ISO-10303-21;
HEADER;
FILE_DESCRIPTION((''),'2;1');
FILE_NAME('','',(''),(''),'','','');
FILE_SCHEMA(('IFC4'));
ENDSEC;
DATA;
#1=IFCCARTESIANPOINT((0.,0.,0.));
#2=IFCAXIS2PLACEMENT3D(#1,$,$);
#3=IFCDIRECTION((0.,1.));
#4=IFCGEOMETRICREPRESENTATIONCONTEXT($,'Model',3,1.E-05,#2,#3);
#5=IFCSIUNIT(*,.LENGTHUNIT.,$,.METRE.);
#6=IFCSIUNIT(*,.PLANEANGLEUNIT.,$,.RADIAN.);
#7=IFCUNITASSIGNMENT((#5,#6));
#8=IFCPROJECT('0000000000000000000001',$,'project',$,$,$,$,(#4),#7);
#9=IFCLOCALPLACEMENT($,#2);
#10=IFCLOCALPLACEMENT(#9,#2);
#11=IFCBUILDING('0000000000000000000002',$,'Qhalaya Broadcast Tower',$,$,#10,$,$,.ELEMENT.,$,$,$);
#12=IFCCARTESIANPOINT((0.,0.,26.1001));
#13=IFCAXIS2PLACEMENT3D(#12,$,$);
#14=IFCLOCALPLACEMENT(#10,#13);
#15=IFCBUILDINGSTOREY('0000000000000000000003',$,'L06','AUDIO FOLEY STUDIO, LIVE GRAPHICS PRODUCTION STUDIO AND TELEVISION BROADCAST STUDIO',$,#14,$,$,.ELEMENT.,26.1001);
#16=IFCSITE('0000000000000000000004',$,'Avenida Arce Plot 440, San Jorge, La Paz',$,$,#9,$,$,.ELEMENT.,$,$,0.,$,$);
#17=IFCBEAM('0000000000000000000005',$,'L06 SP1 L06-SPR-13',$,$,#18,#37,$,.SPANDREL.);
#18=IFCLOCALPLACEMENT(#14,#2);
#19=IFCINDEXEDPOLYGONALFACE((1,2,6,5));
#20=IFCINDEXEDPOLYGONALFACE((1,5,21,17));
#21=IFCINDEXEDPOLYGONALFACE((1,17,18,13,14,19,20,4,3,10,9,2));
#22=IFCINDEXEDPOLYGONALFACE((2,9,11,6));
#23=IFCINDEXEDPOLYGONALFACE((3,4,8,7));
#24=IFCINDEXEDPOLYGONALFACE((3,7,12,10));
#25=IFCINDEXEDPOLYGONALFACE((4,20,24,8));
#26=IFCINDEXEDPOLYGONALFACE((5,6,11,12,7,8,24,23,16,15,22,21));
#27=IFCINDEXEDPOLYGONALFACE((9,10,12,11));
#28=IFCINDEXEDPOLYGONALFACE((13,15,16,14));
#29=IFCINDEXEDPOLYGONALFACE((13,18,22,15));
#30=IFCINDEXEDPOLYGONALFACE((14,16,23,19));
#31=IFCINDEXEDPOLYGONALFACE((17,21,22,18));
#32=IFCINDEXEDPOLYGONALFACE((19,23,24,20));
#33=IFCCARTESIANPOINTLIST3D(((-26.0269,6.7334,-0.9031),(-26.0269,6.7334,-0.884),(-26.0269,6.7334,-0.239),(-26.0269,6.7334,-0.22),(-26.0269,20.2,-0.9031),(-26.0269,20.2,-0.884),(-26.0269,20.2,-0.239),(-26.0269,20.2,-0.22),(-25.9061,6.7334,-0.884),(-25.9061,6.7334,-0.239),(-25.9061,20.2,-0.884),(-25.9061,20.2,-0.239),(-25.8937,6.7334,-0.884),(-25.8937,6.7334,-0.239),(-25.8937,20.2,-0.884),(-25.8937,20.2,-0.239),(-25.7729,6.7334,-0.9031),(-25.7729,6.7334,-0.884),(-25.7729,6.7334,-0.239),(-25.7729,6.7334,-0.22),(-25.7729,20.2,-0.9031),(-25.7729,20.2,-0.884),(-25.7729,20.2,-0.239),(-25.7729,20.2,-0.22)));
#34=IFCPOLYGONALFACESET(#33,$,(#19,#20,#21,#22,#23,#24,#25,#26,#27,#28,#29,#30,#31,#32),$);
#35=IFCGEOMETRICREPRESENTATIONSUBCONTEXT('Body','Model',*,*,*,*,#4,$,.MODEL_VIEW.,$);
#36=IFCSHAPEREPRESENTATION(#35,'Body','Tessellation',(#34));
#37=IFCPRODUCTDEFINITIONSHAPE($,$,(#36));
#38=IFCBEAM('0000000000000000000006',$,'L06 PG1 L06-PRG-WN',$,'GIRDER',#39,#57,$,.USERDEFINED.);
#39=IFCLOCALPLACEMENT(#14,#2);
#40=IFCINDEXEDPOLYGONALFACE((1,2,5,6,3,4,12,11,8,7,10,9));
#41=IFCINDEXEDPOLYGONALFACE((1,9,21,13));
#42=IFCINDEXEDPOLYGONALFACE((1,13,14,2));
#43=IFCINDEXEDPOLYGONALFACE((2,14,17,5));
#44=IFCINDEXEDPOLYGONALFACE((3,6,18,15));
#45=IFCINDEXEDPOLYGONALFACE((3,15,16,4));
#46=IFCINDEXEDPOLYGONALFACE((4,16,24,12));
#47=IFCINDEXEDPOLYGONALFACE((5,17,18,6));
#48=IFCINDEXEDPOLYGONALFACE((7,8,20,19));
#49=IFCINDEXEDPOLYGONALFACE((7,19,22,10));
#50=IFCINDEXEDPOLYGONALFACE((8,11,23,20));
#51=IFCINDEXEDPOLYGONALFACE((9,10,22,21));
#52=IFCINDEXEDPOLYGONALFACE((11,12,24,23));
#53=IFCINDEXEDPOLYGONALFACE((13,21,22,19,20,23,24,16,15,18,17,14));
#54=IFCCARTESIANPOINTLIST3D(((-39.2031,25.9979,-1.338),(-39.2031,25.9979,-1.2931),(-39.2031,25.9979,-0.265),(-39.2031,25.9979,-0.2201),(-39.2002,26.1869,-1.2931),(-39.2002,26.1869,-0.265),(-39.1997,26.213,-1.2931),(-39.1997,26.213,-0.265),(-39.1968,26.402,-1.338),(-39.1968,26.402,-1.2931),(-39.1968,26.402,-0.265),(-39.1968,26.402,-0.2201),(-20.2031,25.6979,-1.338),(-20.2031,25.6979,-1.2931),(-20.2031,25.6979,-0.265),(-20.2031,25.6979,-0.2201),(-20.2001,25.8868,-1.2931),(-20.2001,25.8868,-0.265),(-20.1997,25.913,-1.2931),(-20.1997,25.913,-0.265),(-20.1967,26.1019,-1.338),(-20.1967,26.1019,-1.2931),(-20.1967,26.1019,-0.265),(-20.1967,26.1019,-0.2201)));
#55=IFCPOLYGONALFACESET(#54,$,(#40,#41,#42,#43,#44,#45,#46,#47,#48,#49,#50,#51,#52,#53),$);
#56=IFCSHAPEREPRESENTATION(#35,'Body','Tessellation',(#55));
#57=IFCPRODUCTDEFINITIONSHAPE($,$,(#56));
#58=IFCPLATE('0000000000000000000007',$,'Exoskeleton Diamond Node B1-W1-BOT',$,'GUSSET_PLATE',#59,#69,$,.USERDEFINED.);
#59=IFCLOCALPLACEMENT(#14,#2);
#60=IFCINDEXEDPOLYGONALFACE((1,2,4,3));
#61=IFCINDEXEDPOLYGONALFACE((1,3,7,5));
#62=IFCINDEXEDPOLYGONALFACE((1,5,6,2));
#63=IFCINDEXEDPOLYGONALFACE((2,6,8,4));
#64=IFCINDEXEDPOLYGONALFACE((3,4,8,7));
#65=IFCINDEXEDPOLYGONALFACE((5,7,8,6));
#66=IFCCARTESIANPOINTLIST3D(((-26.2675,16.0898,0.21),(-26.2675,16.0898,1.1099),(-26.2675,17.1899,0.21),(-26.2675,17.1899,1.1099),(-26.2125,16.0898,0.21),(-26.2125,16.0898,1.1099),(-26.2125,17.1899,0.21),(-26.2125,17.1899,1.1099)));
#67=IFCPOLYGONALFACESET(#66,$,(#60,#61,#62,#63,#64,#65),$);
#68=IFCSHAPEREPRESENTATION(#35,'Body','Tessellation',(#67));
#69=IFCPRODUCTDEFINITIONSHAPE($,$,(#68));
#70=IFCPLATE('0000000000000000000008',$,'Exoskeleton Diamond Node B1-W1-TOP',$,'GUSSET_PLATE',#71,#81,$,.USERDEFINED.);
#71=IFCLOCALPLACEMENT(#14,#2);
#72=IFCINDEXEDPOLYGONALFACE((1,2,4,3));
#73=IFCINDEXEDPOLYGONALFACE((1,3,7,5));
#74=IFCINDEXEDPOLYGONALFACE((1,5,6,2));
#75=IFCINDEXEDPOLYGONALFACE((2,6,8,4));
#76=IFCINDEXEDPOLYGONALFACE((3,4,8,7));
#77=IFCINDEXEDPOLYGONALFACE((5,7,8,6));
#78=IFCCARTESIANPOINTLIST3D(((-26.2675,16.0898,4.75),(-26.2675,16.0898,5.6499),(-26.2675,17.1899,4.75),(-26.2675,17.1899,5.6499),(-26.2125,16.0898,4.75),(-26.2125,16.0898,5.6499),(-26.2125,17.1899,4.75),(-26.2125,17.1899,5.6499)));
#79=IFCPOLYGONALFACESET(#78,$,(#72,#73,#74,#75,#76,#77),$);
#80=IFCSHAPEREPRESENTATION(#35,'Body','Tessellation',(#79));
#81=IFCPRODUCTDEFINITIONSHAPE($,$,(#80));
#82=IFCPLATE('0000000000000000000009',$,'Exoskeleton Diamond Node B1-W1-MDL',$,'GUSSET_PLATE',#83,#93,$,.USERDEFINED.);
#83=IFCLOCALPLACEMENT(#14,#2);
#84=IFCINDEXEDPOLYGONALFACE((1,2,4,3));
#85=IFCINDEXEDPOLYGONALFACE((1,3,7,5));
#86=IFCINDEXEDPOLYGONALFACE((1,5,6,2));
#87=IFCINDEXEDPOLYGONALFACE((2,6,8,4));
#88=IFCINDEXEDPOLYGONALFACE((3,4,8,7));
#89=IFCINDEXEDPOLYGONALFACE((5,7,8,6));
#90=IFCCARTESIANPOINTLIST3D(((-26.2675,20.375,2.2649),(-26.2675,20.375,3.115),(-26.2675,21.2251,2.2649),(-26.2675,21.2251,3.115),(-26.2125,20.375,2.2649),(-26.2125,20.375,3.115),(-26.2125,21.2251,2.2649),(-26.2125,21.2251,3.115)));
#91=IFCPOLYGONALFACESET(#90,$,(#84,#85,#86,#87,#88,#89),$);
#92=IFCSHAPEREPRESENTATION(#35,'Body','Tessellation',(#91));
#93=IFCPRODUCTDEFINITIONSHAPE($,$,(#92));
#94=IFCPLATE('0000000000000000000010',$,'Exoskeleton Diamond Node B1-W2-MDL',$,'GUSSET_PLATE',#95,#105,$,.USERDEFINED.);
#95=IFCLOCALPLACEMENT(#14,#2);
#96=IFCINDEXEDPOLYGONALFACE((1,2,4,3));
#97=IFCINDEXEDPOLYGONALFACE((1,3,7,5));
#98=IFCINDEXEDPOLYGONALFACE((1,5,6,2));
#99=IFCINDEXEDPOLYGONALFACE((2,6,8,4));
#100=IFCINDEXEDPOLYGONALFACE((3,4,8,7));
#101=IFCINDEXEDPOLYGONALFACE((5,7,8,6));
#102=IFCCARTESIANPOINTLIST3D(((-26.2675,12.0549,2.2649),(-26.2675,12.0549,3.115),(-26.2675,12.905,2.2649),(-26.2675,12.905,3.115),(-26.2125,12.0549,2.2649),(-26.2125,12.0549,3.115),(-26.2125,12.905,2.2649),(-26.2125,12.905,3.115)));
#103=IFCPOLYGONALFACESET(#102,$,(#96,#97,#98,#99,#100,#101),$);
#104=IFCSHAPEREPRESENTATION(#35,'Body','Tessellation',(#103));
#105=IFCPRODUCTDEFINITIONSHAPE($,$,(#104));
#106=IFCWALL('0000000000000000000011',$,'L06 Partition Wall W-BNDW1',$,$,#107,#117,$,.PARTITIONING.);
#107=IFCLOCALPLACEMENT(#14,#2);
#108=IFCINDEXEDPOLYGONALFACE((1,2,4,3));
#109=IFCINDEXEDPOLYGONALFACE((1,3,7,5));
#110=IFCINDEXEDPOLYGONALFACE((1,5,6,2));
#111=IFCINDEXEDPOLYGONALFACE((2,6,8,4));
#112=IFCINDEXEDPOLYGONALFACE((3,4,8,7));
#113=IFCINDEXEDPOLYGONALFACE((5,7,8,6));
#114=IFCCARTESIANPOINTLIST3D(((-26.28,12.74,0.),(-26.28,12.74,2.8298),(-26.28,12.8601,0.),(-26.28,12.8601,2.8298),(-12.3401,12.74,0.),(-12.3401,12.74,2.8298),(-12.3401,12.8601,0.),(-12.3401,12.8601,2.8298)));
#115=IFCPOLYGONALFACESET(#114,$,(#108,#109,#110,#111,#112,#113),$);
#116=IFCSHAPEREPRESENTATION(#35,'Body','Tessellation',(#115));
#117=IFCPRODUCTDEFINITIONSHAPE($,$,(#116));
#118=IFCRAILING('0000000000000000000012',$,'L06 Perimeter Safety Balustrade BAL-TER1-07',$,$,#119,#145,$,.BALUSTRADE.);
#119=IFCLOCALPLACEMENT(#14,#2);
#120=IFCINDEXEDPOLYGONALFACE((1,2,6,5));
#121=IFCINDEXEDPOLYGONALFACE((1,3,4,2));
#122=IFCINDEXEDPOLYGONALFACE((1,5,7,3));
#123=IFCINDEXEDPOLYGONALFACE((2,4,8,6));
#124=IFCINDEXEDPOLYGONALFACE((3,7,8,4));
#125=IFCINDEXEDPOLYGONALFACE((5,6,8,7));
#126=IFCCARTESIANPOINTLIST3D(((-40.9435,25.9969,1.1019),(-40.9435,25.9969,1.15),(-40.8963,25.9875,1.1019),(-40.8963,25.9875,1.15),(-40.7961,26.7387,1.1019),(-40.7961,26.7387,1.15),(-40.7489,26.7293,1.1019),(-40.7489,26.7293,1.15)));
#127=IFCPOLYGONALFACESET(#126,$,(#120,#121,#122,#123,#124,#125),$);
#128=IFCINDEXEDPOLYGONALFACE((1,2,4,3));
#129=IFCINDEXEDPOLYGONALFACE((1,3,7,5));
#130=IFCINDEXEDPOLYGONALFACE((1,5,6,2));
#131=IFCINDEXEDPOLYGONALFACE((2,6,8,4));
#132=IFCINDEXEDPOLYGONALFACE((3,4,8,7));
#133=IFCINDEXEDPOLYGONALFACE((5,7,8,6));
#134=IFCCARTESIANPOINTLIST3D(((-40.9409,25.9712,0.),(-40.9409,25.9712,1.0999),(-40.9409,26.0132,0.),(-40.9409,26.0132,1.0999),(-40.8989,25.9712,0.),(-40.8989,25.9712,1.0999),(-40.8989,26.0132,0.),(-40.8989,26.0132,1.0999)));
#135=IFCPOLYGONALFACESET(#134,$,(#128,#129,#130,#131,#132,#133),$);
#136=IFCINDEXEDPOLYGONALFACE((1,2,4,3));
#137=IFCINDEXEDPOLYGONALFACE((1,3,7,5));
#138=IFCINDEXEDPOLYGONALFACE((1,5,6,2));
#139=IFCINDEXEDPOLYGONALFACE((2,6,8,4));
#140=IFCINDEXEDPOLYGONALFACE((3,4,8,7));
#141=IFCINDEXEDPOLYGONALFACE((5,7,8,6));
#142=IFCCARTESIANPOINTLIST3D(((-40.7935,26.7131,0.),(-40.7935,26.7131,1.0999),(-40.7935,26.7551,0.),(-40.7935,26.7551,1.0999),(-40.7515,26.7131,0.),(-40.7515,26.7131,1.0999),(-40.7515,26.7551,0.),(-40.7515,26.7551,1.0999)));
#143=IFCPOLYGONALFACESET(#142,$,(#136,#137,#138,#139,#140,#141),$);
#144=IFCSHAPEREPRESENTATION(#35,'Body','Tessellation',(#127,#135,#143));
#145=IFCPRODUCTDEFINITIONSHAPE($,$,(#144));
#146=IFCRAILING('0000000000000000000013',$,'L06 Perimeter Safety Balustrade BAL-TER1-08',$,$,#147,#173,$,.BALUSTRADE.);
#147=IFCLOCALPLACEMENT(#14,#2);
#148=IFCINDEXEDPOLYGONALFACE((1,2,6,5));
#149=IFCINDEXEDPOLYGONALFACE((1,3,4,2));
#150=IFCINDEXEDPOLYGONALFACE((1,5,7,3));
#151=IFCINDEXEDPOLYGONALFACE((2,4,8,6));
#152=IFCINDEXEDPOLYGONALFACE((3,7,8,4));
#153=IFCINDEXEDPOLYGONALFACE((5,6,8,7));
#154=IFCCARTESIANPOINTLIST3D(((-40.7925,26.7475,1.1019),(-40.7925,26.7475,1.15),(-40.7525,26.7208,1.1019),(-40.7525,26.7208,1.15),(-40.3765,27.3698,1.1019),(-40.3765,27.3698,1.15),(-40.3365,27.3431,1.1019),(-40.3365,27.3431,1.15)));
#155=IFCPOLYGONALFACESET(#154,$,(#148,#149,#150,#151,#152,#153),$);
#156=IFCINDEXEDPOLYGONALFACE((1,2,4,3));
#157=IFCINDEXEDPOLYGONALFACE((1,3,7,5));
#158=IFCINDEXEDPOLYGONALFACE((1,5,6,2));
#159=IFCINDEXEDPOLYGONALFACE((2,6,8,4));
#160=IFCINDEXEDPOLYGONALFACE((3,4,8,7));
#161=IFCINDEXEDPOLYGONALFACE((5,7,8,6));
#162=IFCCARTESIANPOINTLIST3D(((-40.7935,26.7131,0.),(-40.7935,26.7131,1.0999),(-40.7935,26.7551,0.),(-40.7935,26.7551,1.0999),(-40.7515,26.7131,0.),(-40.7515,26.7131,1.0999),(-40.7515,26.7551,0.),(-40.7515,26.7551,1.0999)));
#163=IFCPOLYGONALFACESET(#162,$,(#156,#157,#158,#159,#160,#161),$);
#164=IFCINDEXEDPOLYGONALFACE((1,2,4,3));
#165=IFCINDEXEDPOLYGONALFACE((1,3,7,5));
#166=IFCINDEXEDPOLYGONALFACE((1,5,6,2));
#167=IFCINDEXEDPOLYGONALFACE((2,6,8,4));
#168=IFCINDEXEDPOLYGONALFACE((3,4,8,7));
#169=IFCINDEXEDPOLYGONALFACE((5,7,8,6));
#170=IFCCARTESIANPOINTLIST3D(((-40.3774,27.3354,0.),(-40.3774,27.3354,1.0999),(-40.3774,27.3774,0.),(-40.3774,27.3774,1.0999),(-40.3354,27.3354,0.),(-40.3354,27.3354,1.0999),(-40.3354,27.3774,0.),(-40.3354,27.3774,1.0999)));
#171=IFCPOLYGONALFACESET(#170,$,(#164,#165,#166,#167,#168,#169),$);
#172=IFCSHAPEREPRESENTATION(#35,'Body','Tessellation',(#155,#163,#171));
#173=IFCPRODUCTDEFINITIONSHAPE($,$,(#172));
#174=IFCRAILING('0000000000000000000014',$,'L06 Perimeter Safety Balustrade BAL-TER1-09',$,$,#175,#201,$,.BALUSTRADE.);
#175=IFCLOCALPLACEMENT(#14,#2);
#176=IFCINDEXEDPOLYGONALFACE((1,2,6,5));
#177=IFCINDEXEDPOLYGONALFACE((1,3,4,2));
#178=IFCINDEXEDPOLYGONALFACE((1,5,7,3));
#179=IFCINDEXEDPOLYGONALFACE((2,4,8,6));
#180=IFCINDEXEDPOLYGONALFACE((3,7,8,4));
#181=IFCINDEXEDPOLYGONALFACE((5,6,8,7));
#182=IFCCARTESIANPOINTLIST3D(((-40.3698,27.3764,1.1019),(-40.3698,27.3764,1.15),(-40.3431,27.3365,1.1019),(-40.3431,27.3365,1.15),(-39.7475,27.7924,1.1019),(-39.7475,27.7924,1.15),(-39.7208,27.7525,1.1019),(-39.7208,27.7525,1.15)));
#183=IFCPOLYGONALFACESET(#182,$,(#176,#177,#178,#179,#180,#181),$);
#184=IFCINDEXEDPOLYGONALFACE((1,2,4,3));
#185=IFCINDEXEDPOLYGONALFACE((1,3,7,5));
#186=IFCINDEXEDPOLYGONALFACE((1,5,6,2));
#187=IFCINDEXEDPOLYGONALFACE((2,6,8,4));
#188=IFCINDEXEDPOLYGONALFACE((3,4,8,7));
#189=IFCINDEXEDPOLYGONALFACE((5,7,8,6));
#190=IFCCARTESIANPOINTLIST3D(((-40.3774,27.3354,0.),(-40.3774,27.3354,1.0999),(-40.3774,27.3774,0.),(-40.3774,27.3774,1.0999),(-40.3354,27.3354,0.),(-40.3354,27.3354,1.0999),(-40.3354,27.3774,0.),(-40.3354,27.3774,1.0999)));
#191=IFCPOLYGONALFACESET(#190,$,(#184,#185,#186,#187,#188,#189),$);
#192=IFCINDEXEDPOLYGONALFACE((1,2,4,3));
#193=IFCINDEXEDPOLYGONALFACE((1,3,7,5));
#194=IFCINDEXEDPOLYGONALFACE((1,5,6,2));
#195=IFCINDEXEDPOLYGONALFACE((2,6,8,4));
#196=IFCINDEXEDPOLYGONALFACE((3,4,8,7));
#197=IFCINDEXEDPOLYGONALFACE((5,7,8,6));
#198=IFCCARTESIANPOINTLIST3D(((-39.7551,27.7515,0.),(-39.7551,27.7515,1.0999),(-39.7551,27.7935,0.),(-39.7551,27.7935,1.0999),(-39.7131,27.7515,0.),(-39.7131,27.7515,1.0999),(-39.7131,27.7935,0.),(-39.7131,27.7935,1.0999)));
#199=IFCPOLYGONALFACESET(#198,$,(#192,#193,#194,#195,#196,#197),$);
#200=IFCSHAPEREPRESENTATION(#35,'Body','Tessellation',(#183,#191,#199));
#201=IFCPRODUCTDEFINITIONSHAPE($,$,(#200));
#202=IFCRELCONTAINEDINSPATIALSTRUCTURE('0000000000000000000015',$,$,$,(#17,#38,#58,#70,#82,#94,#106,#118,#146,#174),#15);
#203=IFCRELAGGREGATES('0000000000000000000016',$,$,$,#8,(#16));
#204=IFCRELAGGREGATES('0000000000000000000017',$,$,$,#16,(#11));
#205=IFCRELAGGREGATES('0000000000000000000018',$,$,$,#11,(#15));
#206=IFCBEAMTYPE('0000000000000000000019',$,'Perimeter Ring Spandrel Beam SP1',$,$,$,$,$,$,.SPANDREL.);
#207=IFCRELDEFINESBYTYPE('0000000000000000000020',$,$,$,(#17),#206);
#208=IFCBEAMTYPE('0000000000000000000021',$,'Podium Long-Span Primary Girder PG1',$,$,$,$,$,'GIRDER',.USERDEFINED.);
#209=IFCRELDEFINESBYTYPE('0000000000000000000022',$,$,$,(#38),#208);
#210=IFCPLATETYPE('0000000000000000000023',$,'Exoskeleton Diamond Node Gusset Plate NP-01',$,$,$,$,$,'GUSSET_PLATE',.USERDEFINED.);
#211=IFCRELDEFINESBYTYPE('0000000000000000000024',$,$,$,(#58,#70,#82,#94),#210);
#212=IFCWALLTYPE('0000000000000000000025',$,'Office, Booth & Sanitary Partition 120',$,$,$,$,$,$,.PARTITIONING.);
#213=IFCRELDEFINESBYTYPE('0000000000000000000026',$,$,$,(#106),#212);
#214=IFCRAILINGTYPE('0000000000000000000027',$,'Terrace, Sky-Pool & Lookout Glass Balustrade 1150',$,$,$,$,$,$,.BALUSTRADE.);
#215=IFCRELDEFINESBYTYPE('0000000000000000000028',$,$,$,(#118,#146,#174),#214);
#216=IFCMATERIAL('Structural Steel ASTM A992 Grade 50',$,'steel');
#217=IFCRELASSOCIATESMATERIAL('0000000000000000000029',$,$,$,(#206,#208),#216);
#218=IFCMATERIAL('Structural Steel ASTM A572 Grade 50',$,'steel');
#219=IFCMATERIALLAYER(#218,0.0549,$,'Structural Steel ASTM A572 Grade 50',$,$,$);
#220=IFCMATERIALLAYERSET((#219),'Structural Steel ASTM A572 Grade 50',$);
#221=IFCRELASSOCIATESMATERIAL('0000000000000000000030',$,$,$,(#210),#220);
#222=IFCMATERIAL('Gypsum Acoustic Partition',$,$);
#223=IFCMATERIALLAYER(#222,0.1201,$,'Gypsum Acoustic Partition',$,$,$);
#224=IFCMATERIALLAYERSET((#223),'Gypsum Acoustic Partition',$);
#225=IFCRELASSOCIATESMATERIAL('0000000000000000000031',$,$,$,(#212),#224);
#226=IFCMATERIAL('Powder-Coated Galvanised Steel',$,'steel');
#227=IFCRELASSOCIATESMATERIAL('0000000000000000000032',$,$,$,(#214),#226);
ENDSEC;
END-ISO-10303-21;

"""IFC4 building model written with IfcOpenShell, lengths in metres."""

from ifc_helpers import new_model, si_unit, direction, frame, frame_2d, origin, origin_2d, place, context, subcontext, project, spatial, rectangle, i_section, extrude, material, layer, layer_set, material_profile, profile_set, type_object, element, save


model = new_model("IFC4")

# Units and contexts
model_context = context("Model", 3, precision=1e-05, world=origin(), true_north=direction((0.0, 1.0)))
body_context = subcontext(model_context, "Body", "Model", "MODEL_VIEW")
ifc_project = project(units=[si_unit("LENGTHUNIT", "METRE"), si_unit("PLANEANGLEUNIT", "RADIAN")], contexts=[model_context])

# Site, building, storey
site_placement = place(None, origin())
site = spatial("IfcSite", under=ifc_project, at=site_placement, Name="Avenida Arce Plot 440, San Jorge, La Paz", CompositionType="ELEMENT", RefElevation=0.0)
building_placement = place(site_placement, origin())
building = spatial("IfcBuilding", under=site, at=building_placement, Name="Qhalaya Broadcast Tower", CompositionType="ELEMENT")
storey_placement = place(building_placement, frame((0.0, 0.0, 26.1001)))
storey = spatial("IfcBuildingStorey", under=building, at=storey_placement, Name="L06", Description="AUDIO FOLEY STUDIO, LIVE GRAPHICS PRODUCTION STUDIO AND TELEVISION BROADCAST STUDIO", CompositionType="ELEMENT", Elevation=26.1001)

# Shared definitions
ifc_material_1 = material(Name="Structural Steel ASTM A572 Grade 50", Category="steel")

# Shared definitions
ifc_material_2 = material(Name="Structural Steel ASTM A992 Grade 50", Category="steel")

# Beams
ifc_material_profile_1 = material_profile(ifc_material_2, i_section(OverallWidth=0.2539, OverallDepth=0.6831, WebThickness=0.0125, FlangeThickness=0.019, at=origin_2d()), Name="W27X94")
ifc_profile_set_1 = profile_set([ifc_material_profile_1], Name="Structural Steel ASTM A992 Grade 50")
beam_type_1 = type_object("IfcBeamType", Name="Perimeter Ring Spandrel Beam SP1", PredefinedType="SPANDREL", material=ifc_profile_set_1)
beam_1_placement = place(storey_placement, frame((-25.8999, 20.2, -0.5615), z_axis=(0.0, -1.0, 0.0), x_axis=(1.0, 0.0, 0.0)))
element("IfcBeam", 1, at=beam_1_placement, inside=storey, type_object=beam_type_1, Name="L06 SP1 L06-SPR-13", PredefinedType="SPANDREL", context=body_context, shape_type="SweptSolid", body=[
    extrude(i_section(OverallWidth=0.2539, OverallDepth=0.6831, WebThickness=0.0125, FlangeThickness=0.019, at=origin_2d()), origin(), (0.0, 0.0, 1.0), 13.4666),
])
ifc_material_profile_2 = material_profile(ifc_material_2, i_section(OverallWidth=0.4041, OverallDepth=1.1179, WebThickness=0.0261, FlangeThickness=0.0449, at=origin_2d()), Name="W44X335")
ifc_profile_set_2 = profile_set([ifc_material_profile_2], Name="Structural Steel ASTM A992 Grade 50")
beam_type_2 = type_object("IfcBeamType", Name="Podium Long-Span Primary Girder PG1", ElementType="GIRDER", PredefinedType="USERDEFINED", material=ifc_profile_set_2)
beam_2_placement = place(storey_placement, frame((-39.2, 26.2, -0.7791), z_axis=(0.999875, -0.01579, 0.0), x_axis=(0.01579, 0.999875, 0.0)))
element("IfcBeam", 2, at=beam_2_placement, inside=storey, type_object=beam_type_2, Name="L06 PG1 L06-PRG-WN", ObjectType="GIRDER", PredefinedType="USERDEFINED", context=body_context, shape_type="SweptSolid", body=[
    extrude(i_section(OverallWidth=0.4041, OverallDepth=1.1179, WebThickness=0.0261, FlangeThickness=0.0449, at=origin_2d()), origin(), (0.0, 0.0, 1.0), 19.0024),
])

# Plates
ifc_layer_1 = layer(ifc_material_1, 0.0549, Name="Structural Steel ASTM A572 Grade 50")
ifc_layer_set_1 = layer_set([ifc_layer_1], Name="Structural Steel ASTM A572 Grade 50")
plate_type = type_object("IfcPlateType", Name="Exoskeleton Diamond Node Gusset Plate NP-01", ElementType="GUSSET_PLATE", PredefinedType="USERDEFINED", material=ifc_layer_set_1)
for number, where, z_axis, x_axis, name in (
    (3, (-26.24, 16.6399, 0.21), (0.0, 0.0, 1.0), (0.0, 1.0, 0.0), "Exoskeleton Diamond Node B1-W1-BOT"),
    (4, (-26.24, 16.6399, 4.75), (0.0, 0.0, 1.0), (0.0, 1.0, 0.0), "Exoskeleton Diamond Node B1-W1-TOP"),
):
    element("IfcPlate", number, at=place(storey_placement, frame(where, z_axis=z_axis, x_axis=x_axis)), inside=storey, type_object=plate_type, Name=name, ObjectType="GUSSET_PLATE", PredefinedType="USERDEFINED", context=body_context, shape_type="SweptSolid", body=[
        extrude(rectangle(XDim=1.1001, YDim=0.0549, at=origin_2d()), origin(), (0.0, 0.0, 1.0), 0.8999),
    ])
for number, where, z_axis, x_axis, name in (
    (5, (-26.24, 20.8, 2.2649), (0.0, 0.0, 1.0), (0.0, 1.0, 0.0), "Exoskeleton Diamond Node B1-W1-MDL"),
    (6, (-26.24, 12.48, 2.2649), (0.0, 0.0, 1.0), (0.0, 1.0, 0.0), "Exoskeleton Diamond Node B1-W2-MDL"),
):
    element("IfcPlate", number, at=place(storey_placement, frame(where, z_axis=z_axis, x_axis=x_axis)), inside=storey, type_object=plate_type, Name=name, ObjectType="GUSSET_PLATE", PredefinedType="USERDEFINED", context=body_context, shape_type="SweptSolid", body=[
        extrude(rectangle(XDim=0.8501, YDim=0.0549, at=origin_2d()), origin(), (0.0, 0.0, 1.0), 0.8501),
    ])

# Wall
ifc_material_3 = material(Name="Gypsum Acoustic Partition")
ifc_layer_2 = layer(ifc_material_3, 0.1201, Name="Gypsum Acoustic Partition")
ifc_layer_set_2 = layer_set([ifc_layer_2], Name="Gypsum Acoustic Partition")
wall_type = type_object("IfcWallType", Name="Office, Booth & Sanitary Partition 120", PredefinedType="PARTITIONING", material=ifc_layer_set_2)
wall_placement = place(storey_placement, frame((-26.28, 12.8, 0.0), z_axis=(0.0, 0.0, 1.0), x_axis=(1.0, 0.0, 0.0)))
element("IfcWall", 7, at=wall_placement, inside=storey, type_object=wall_type, Name="L06 Partition Wall W-BNDW1", PredefinedType="PARTITIONING", context=body_context, shape_type="SweptSolid", body=[
    extrude(rectangle(XDim=13.9399, YDim=0.1201, at=frame_2d((6.97, 0.0))), origin(), (0.0, 0.0, 1.0), 2.8298),
])

# Railings
ifc_material_4 = material(Name="Powder-Coated Galvanised Steel", Category="steel")
railing_type = type_object("IfcRailingType", Name="Terrace, Sky-Pool & Lookout Glass Balustrade 1150", PredefinedType="BALUSTRADE", material=ifc_material_4)
railing_1_placement = place(storey_placement, frame((-40.9199, 25.9922, 0.0)))
element("IfcRailing", 8, at=railing_1_placement, inside=storey, type_object=railing_type, Name="L06 Perimeter Safety Balustrade BAL-TER1-07", PredefinedType="BALUSTRADE", context=body_context, shape_type="SweptSolid", body=[
    extrude(rectangle(XDim=0.0481, YDim=0.0481, at=origin_2d()), frame((0.0, 0.0, 1.126), z_axis=(0.194937, 0.980816, 0.0), x_axis=(-0.980816, 0.194937, 0.0)), (0.0, 0.0, 1.0), 0.7563),
    extrude(rectangle(XDim=0.042, YDim=0.042, at=origin_2d()), origin(), (0.0, 0.0, 1.0), 1.0999),
    extrude(rectangle(XDim=0.042, YDim=0.042, at=origin_2d()), frame((0.1475, 0.7419, 0.0)), (0.0, 0.0, 1.0), 1.0999),
])
railing_2_placement = place(storey_placement, frame((-40.7725, 26.7341, 0.0)))
element("IfcRailing", 9, at=railing_2_placement, inside=storey, type_object=railing_type, Name="L06 Perimeter Safety Balustrade BAL-TER1-08", PredefinedType="BALUSTRADE", context=body_context, shape_type="SweptSolid", body=[
    extrude(rectangle(XDim=0.0481, YDim=0.0481, at=origin_2d()), frame((0.0, 0.0, 1.126), z_axis=(0.555753, 0.831347, 0.0), x_axis=(-0.831347, 0.555753, 0.0)), (0.0, 0.0, 1.0), 0.7485),
    extrude(rectangle(XDim=0.042, YDim=0.042, at=origin_2d()), origin(), (0.0, 0.0, 1.0), 1.0999),
    extrude(rectangle(XDim=0.042, YDim=0.042, at=origin_2d()), frame((0.416, 0.6223, 0.0)), (0.0, 0.0, 1.0), 1.0999),
])
railing_3_placement = place(storey_placement, frame((-40.3564, 27.3564, 0.0)))
element("IfcRailing", 10, at=railing_3_placement, inside=storey, type_object=railing_type, Name="L06 Perimeter Safety Balustrade BAL-TER1-09", PredefinedType="BALUSTRADE", context=body_context, shape_type="SweptSolid", body=[
    extrude(rectangle(XDim=0.0481, YDim=0.0481, at=origin_2d()), frame((0.0, 0.0, 1.126), z_axis=(0.831347, 0.555753, 0.0), x_axis=(-0.555753, 0.831347, 0.0)), (0.0, 0.0, 1.0), 0.7485),
    extrude(rectangle(XDim=0.042, YDim=0.042, at=origin_2d()), origin(), (0.0, 0.0, 1.0), 1.0999),
    extrude(rectangle(XDim=0.042, YDim=0.042, at=origin_2d()), frame((0.6223, 0.416, 0.0)), (0.0, 0.0, 1.0), 1.0999),
])

save(model, "model.ifc")
